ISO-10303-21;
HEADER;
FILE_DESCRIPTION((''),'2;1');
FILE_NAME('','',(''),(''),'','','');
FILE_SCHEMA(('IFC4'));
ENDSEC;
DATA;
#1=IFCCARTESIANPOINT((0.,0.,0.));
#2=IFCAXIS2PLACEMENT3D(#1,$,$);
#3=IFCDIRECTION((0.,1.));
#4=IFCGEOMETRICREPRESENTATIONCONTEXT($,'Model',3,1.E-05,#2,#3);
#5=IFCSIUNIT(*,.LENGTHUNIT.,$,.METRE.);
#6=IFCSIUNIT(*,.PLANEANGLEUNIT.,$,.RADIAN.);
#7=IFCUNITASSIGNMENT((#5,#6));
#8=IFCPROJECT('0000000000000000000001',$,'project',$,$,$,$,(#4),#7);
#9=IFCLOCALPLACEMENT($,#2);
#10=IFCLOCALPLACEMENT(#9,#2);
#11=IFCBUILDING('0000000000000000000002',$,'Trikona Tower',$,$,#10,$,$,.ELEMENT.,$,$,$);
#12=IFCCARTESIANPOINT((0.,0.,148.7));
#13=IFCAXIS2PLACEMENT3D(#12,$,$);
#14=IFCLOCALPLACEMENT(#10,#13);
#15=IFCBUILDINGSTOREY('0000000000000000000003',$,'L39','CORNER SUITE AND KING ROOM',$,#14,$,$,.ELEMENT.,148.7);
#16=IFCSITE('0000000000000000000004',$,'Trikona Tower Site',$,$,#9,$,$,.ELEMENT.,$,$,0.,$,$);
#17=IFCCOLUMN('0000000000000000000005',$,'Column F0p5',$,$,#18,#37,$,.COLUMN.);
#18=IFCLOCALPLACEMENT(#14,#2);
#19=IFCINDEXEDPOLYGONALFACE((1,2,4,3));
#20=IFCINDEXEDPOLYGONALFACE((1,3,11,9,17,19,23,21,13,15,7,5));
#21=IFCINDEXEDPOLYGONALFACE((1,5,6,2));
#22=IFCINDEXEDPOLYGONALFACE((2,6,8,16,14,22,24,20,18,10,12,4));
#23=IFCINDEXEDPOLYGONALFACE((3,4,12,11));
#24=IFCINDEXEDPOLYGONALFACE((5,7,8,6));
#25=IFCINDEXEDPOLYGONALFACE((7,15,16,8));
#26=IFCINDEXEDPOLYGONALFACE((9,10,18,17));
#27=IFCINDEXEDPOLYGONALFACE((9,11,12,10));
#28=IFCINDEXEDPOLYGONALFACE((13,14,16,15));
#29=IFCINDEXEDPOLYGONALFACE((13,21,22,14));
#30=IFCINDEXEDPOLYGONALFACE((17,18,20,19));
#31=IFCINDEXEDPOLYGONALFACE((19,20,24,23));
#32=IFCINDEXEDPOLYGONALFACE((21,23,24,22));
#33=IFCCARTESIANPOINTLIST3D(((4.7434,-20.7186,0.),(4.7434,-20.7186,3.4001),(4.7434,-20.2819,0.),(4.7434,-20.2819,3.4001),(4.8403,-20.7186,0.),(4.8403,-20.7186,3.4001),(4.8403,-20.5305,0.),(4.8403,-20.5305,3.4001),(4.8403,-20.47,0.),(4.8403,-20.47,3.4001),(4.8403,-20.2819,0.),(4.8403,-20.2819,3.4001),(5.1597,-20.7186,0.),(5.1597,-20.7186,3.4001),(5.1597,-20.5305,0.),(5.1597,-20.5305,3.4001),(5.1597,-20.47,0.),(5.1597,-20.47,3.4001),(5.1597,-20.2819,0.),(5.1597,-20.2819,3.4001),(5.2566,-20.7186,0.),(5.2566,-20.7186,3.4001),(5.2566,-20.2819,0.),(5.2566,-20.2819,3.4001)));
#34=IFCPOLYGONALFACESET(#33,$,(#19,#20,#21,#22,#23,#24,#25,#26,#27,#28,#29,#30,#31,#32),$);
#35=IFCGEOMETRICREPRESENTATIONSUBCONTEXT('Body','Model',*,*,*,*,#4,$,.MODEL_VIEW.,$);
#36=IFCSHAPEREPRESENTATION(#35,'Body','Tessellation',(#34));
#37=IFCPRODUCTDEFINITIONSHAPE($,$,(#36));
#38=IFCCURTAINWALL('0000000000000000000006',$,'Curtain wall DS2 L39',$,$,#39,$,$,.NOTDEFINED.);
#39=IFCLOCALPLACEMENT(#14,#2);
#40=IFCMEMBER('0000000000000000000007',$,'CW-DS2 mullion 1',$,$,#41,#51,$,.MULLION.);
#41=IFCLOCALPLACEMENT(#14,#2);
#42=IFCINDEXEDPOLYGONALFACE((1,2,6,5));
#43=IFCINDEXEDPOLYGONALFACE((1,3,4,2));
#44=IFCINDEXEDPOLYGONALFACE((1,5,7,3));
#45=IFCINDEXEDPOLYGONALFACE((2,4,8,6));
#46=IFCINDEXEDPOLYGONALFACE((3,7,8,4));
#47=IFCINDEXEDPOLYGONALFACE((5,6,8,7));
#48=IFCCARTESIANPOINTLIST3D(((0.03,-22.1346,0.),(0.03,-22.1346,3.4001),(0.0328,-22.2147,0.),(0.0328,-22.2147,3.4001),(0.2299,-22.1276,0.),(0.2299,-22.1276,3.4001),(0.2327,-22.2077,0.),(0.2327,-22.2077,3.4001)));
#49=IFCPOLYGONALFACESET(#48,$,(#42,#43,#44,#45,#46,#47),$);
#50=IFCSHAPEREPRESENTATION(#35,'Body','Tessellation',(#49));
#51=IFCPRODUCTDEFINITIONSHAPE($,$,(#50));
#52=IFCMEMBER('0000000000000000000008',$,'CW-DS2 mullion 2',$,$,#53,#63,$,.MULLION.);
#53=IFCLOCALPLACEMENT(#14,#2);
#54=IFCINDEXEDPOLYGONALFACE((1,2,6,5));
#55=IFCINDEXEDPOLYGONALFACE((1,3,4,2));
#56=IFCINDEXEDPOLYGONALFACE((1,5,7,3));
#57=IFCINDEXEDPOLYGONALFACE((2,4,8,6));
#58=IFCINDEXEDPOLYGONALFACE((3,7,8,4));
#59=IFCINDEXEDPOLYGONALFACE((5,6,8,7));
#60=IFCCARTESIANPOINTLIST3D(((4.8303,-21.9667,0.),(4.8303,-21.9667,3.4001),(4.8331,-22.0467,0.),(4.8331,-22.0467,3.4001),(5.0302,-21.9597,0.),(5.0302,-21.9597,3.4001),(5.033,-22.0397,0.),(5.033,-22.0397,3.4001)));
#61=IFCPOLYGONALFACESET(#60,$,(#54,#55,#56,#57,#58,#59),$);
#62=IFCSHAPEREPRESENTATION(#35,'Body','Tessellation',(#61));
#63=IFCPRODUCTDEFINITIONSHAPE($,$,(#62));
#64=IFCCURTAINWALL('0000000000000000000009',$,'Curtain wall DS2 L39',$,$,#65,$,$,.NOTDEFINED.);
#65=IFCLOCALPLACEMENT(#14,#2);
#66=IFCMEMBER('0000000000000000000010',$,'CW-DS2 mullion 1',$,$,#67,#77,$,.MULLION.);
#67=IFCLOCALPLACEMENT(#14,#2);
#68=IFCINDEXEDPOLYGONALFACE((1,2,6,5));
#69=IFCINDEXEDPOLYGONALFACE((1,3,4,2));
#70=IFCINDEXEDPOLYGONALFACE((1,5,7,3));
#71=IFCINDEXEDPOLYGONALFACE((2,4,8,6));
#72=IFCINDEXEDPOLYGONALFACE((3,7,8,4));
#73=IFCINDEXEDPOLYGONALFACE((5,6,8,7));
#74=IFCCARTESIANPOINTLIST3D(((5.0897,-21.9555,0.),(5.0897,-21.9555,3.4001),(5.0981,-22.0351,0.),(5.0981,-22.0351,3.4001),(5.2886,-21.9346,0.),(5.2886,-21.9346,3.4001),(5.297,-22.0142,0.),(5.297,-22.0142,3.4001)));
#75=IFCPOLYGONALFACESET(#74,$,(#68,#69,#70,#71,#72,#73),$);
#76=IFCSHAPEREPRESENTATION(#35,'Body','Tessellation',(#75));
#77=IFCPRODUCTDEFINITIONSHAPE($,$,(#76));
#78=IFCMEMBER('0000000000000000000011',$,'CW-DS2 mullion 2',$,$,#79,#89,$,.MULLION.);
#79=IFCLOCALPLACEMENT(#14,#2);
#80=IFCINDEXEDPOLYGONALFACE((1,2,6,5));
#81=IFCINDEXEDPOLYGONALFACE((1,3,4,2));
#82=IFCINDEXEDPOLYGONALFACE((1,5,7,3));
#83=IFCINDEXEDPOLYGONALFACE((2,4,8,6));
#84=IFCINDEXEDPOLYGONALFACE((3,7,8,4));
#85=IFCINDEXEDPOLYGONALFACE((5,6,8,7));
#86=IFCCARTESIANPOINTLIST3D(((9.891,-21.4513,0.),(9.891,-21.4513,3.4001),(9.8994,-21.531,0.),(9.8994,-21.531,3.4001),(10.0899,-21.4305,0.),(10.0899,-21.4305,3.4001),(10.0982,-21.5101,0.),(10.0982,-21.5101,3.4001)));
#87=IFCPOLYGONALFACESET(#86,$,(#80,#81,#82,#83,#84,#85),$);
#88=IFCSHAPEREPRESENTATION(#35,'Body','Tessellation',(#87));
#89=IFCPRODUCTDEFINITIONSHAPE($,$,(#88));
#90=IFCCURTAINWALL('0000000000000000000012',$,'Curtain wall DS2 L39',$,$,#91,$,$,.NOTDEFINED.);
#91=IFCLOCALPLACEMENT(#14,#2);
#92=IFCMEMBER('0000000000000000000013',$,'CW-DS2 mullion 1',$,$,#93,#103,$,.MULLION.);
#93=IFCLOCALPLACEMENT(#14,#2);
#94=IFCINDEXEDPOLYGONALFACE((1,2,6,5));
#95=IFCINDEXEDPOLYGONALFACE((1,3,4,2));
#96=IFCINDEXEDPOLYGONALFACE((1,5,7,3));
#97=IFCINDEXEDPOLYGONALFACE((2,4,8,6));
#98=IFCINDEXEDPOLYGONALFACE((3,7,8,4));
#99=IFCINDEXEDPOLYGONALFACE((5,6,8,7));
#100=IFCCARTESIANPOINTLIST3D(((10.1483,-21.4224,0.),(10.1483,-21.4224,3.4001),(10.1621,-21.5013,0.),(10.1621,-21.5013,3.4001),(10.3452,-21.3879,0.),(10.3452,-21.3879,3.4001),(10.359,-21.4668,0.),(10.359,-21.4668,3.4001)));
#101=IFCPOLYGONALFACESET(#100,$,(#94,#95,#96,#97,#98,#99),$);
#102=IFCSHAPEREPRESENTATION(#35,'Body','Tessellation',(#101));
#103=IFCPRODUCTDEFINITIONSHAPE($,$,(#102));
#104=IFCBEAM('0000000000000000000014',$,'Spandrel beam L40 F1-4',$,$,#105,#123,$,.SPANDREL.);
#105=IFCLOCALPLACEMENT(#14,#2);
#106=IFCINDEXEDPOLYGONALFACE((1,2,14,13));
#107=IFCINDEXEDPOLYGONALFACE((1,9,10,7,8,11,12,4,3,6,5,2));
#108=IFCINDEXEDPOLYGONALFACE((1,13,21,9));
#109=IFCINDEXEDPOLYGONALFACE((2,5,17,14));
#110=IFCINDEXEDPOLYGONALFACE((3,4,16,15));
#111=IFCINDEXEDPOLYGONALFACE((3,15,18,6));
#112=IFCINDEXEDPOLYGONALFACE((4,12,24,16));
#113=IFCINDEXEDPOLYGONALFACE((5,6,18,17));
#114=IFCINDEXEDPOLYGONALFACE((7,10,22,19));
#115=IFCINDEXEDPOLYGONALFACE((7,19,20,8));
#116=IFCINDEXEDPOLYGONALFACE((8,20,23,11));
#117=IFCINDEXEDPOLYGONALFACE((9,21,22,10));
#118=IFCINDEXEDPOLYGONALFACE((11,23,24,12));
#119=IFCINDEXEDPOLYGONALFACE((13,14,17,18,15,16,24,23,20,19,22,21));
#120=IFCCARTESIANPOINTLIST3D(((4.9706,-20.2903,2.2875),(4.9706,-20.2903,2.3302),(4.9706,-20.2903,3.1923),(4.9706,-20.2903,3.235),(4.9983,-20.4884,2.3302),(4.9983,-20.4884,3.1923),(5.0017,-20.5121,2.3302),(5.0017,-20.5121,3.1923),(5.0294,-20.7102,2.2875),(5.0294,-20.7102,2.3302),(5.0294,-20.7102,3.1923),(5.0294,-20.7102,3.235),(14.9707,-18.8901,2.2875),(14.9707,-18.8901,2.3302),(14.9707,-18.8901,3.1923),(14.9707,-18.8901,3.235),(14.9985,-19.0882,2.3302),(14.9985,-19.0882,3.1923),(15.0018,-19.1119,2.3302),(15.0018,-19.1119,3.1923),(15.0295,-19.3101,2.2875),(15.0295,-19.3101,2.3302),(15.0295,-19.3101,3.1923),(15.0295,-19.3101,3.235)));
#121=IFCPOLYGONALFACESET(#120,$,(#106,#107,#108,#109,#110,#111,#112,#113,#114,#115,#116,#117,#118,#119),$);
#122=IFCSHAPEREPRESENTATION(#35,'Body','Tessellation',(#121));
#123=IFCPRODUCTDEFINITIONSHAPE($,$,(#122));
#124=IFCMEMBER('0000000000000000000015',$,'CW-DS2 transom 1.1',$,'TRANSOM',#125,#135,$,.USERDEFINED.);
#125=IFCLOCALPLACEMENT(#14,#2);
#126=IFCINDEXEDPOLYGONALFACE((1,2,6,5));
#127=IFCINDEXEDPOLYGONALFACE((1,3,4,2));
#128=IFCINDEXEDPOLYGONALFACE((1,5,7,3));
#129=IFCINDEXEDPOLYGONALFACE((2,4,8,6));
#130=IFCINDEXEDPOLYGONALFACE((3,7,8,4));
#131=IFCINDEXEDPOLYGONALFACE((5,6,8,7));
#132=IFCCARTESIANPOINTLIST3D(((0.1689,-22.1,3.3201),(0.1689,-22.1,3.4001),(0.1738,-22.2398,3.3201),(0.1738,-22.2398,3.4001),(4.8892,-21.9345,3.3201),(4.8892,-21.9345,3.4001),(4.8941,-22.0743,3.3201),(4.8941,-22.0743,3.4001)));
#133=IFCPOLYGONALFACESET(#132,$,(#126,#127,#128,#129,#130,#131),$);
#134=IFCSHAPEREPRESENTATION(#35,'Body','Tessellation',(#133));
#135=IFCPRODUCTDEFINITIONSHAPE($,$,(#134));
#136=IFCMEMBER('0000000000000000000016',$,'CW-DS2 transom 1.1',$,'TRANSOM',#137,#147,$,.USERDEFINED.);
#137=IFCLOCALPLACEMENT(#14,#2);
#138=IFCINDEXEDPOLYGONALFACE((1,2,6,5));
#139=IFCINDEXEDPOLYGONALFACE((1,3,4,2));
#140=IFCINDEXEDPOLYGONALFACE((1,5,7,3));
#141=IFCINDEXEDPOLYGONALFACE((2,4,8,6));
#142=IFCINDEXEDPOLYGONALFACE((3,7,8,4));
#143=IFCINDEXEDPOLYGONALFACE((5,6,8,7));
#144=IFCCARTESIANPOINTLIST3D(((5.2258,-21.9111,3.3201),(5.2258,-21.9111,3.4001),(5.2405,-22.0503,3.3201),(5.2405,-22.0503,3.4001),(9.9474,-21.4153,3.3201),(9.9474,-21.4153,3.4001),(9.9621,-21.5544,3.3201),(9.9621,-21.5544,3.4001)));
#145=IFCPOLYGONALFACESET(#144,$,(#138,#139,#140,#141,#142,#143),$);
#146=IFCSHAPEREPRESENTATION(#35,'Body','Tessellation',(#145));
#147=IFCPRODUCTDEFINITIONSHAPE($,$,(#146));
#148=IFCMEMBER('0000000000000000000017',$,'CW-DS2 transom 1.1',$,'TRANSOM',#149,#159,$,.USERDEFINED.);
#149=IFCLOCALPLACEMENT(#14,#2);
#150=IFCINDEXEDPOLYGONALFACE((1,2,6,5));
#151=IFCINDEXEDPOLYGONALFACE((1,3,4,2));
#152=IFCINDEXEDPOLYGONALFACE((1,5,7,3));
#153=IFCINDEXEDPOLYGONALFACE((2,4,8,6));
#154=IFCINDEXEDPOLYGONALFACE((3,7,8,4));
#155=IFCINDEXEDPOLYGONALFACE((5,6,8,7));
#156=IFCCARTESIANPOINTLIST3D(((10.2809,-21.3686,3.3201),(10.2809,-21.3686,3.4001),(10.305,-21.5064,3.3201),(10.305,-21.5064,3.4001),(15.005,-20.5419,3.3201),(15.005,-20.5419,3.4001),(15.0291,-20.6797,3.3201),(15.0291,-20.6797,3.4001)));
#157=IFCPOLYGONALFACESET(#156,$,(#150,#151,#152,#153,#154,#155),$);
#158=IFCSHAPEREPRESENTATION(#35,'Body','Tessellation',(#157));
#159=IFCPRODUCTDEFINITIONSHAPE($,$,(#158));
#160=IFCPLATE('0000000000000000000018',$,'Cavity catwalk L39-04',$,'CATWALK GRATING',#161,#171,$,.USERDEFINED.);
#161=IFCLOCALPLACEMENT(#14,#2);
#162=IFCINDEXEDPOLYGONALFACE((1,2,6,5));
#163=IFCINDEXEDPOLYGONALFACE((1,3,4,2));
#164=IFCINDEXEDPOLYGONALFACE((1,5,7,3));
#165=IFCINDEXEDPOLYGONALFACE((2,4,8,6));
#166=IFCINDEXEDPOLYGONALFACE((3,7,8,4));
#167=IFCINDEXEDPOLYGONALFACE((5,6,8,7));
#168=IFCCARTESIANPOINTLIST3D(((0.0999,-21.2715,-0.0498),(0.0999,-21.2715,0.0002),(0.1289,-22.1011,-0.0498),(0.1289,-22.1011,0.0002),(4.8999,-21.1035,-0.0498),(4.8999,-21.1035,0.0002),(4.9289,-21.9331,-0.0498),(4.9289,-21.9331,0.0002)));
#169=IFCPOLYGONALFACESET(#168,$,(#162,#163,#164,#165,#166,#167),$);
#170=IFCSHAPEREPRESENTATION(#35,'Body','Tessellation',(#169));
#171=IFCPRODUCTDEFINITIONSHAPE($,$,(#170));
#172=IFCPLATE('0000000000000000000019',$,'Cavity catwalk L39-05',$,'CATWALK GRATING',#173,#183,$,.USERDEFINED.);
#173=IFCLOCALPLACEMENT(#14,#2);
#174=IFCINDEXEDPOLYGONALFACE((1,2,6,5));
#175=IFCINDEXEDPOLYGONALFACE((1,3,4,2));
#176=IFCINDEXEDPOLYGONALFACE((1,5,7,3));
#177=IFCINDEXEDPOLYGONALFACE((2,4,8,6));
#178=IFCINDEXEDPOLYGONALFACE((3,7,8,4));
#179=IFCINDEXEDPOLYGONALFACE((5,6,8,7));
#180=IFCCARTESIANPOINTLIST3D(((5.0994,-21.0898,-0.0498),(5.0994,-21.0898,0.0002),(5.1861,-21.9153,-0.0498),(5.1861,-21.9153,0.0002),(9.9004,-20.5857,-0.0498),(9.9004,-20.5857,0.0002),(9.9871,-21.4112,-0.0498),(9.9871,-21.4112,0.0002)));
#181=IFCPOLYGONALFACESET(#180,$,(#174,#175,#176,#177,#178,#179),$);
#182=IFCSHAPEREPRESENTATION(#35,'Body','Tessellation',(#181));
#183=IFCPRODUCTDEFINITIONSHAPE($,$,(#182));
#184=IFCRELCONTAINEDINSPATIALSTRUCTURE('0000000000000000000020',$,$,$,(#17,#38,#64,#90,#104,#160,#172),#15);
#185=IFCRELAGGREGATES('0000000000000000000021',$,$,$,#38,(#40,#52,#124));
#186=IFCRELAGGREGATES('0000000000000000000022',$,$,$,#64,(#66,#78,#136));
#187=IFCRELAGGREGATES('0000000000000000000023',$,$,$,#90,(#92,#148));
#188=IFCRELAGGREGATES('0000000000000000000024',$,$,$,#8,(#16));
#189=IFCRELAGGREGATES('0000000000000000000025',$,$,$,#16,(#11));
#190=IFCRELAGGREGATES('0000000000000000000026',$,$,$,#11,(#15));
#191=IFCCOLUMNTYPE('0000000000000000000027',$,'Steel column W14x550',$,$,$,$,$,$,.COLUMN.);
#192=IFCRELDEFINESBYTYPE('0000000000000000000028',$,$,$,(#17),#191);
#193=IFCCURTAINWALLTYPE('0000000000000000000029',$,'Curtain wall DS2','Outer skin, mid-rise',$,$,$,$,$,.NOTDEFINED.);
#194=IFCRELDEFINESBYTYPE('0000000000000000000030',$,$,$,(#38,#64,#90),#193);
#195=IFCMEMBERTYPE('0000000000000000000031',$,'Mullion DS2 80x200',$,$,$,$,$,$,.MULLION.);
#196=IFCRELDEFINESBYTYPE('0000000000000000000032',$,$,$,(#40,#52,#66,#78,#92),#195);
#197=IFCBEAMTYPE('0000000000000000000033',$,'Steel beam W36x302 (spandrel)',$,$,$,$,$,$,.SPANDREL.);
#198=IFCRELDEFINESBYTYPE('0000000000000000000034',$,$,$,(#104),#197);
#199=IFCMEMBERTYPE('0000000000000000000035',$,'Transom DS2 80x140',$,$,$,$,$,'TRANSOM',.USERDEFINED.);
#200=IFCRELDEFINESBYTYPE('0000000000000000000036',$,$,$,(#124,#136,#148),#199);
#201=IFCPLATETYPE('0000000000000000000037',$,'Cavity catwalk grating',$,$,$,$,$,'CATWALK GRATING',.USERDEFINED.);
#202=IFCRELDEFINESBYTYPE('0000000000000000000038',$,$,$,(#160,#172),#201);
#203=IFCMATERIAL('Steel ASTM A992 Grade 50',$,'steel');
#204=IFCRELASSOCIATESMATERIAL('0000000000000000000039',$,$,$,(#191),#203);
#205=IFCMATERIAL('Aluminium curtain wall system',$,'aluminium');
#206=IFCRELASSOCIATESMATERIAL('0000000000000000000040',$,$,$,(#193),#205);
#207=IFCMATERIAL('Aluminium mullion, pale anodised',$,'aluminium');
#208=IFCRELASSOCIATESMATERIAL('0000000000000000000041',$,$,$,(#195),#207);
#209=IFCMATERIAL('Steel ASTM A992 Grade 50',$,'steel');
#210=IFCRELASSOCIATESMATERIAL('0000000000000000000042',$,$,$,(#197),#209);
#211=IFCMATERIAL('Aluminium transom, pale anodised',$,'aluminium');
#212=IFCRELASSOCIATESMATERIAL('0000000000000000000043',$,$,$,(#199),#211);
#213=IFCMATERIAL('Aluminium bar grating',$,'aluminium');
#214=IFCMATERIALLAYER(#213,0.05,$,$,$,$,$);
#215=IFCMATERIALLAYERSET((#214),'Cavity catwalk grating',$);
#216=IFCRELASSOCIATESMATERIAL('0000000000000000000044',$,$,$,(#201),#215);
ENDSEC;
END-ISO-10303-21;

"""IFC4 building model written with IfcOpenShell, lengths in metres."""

from ifc_helpers import new_model, si_unit, direction, frame, origin, origin_2d, place, context, subcontext, project, spatial, rectangle, i_section, extrude, material, layer, layer_set, material_profile, profile_set, type_object, element, aggregate, save


model = new_model("IFC4")

# Units and contexts
model_context = context("Model", 3, precision=1e-05, world=origin(), true_north=direction((0.0, 1.0)))
body_context = subcontext(model_context, "Body", "Model", "MODEL_VIEW")
ifc_project = project(units=[si_unit("LENGTHUNIT", "METRE"), si_unit("PLANEANGLEUNIT", "RADIAN")], contexts=[model_context])

# Site, building, storey
site_placement = place(None, origin())
site = spatial("IfcSite", under=ifc_project, at=site_placement, Name="Trikona Tower Site", CompositionType="ELEMENT", RefElevation=0.0)
building_placement = place(site_placement, origin())
building = spatial("IfcBuilding", under=site, at=building_placement, Name="Trikona Tower", CompositionType="ELEMENT")
storey_placement = place(building_placement, frame((0.0, 0.0, 148.7)))
storey = spatial("IfcBuildingStorey", under=building, at=storey_placement, Name="L39", Description="CORNER SUITE AND KING ROOM", CompositionType="ELEMENT", Elevation=148.7)

# Column
ifc_material_1 = material(Name="Steel ASTM A992 Grade 50", Category="steel")
ifc_material_profile_1 = material_profile(ifc_material_1, i_section(OverallWidth=0.4368, OverallDepth=0.5132, WebThickness=0.0605, FlangeThickness=0.0969, at=origin_2d()), Name="W14X550")
ifc_profile_set_1 = profile_set([ifc_material_profile_1], Name="Steel ASTM A992 Grade 50")
column_type = type_object("IfcColumnType", Name="Steel column W14x550", PredefinedType="COLUMN", material=ifc_profile_set_1)
column_placement = place(storey_placement, frame((5.0, -20.5002, 0.0), z_axis=(0.0, 0.0, 1.0), x_axis=(0.0, -1.0, 0.0)))
element("IfcColumn", 1, at=column_placement, inside=storey, type_object=column_type, Name="Column F0p5", PredefinedType="COLUMN", context=body_context, shape_type="SweptSolid", body=[
    extrude(i_section(OverallWidth=0.4368, OverallDepth=0.5132, WebThickness=0.0605, FlangeThickness=0.0969, at=origin_2d()), origin(), (0.0, 0.0, 1.0), 3.4001),
])

# Curtain walls, members
ifc_material_2 = material(Name="Aluminium curtain wall system", Category="aluminium")
curtain_wall_type = type_object("IfcCurtainWallType", Name="Curtain wall DS2", Description="Outer skin, mid-rise", PredefinedType="NOTDEFINED", material=ifc_material_2)
curtain_wall_1_placement = place(storey_placement, origin())
curtain_wall_1 = element("IfcCurtainWall", 2, at=curtain_wall_1_placement, inside=storey, type_object=curtain_wall_type, Name="Curtain wall DS2 L39", PredefinedType="NOTDEFINED")
ifc_material_3 = material(Name="Aluminium mullion, pale anodised", Category="aluminium")
ifc_material_profile_2 = material_profile(ifc_material_3, rectangle(XDim=0.0801, YDim=0.2, at=origin_2d()), Name="MUL-DS2")
ifc_profile_set_2 = profile_set([ifc_material_profile_2], Name="Aluminium mullion, pale anodised")
member_type_1 = type_object("IfcMemberType", Name="Mullion DS2 80x200", PredefinedType="MULLION", material=ifc_profile_set_2)
member_1_placement = place(storey_placement, frame((0.1313, -22.1711, 0.0), z_axis=(0.0, 0.0, 1.0), x_axis=(-0.034998, 0.999387, 0.0)))
member_1 = element("IfcMember", 3, at=member_1_placement, type_object=member_type_1, Name="CW-DS2 mullion 1", PredefinedType="MULLION", context=body_context, shape_type="SweptSolid", body=[
    extrude(rectangle(XDim=0.0801, YDim=0.2, at=origin_2d()), origin(), (0.0, 0.0, 1.0), 3.4001),
])
member_2_placement = place(storey_placement, frame((4.9316, -22.0032, 0.0), z_axis=(0.0, 0.0, 1.0), x_axis=(-0.034998, 0.999387, 0.0)))
member_2 = element("IfcMember", 4, at=member_2_placement, type_object=member_type_1, Name="CW-DS2 mullion 2", PredefinedType="MULLION", context=body_context, shape_type="SweptSolid", body=[
    extrude(rectangle(XDim=0.0801, YDim=0.2, at=origin_2d()), origin(), (0.0, 0.0, 1.0), 3.4001),
])
curtain_wall_2_placement = place(storey_placement, origin())
curtain_wall_2 = element("IfcCurtainWall", 5, at=curtain_wall_2_placement, inside=storey, type_object=curtain_wall_type, Name="Curtain wall DS2 L39", PredefinedType="NOTDEFINED")
member_3_placement = place(storey_placement, frame((5.1934, -21.9849, 0.0), z_axis=(0.0, 0.0, 1.0), x_axis=(-0.104433, 0.994532, 0.0)))
member_3 = element("IfcMember", 6, at=member_3_placement, type_object=member_type_1, Name="CW-DS2 mullion 1", PredefinedType="MULLION", context=body_context, shape_type="SweptSolid", body=[
    extrude(rectangle(XDim=0.0801, YDim=0.2, at=origin_2d()), origin(), (0.0, 0.0, 1.0), 3.4001),
])
member_4_placement = place(storey_placement, frame((9.9946, -21.4807, 0.0), z_axis=(0.0, 0.0, 1.0), x_axis=(-0.104433, 0.994532, 0.0)))
member_4 = element("IfcMember", 7, at=member_4_placement, type_object=member_type_1, Name="CW-DS2 mullion 2", PredefinedType="MULLION", context=body_context, shape_type="SweptSolid", body=[
    extrude(rectangle(XDim=0.0801, YDim=0.2, at=origin_2d()), origin(), (0.0, 0.0, 1.0), 3.4001),
])

# Curtain wall, member
curtain_wall_3_placement = place(storey_placement, origin())
curtain_wall_3 = element("IfcCurtainWall", 8, at=curtain_wall_3_placement, inside=storey, type_object=curtain_wall_type, Name="Curtain wall DS2 L39", PredefinedType="NOTDEFINED")
member_5_placement = place(storey_placement, frame((10.2537, -21.4446, 0.0), z_axis=(0.0, 0.0, 1.0), x_axis=(-0.172377, 0.985031, 0.0)))
member_5 = element("IfcMember", 9, at=member_5_placement, type_object=member_type_1, Name="CW-DS2 mullion 1", PredefinedType="MULLION", context=body_context, shape_type="SweptSolid", body=[
    extrude(rectangle(XDim=0.0801, YDim=0.2, at=origin_2d()), origin(), (0.0, 0.0, 1.0), 3.4001),
])

# Beam
ifc_material_4 = material(Name="Steel ASTM A992 Grade 50", Category="steel")
ifc_material_profile_3 = material_profile(ifc_material_4, i_section(OverallWidth=0.4241, OverallDepth=0.9475, WebThickness=0.0239, FlangeThickness=0.0427, at=origin_2d()), Name="W36X302")
ifc_profile_set_3 = profile_set([ifc_material_profile_3], Name="Steel ASTM A992 Grade 50")
beam_type = type_object("IfcBeamType", Name="Steel beam W36x302 (spandrel)", PredefinedType="SPANDREL", material=ifc_profile_set_3)
beam_placement = place(storey_placement, frame((5.0, -20.5002, 2.7612), z_axis=(0.99034, 0.138662, 0.0), x_axis=(-0.138662, 0.99034, 0.0)))
element("IfcBeam", 10, at=beam_placement, inside=storey, type_object=beam_type, Name="Spandrel beam L40 F1-4", PredefinedType="SPANDREL", context=body_context, shape_type="SweptSolid", body=[
    extrude(i_section(OverallWidth=0.4241, OverallDepth=0.9475, WebThickness=0.0239, FlangeThickness=0.0427, at=origin_2d()), origin(), (0.0, 0.0, 1.0), 10.0977),
])

# Members
ifc_material_5 = material(Name="Aluminium transom, pale anodised", Category="aluminium")
ifc_material_profile_4 = material_profile(ifc_material_5, rectangle(XDim=0.1399, YDim=0.0801, at=origin_2d()), Name="TRN-DS2")
ifc_profile_set_4 = profile_set([ifc_material_profile_4], Name="Aluminium transom, pale anodised")
member_type_2 = type_object("IfcMemberType", Name="Transom DS2 80x140", ElementType="TRANSOM", PredefinedType="USERDEFINED", material=ifc_profile_set_4)
member_6_placement = place(storey_placement, frame((0.1714, -22.1699, 3.3601), z_axis=(0.999386, 0.035046, 0.0), x_axis=(-0.035046, 0.999386, 0.0)))
member_6 = element("IfcMember", 11, at=member_6_placement, type_object=member_type_2, Name="CW-DS2 transom 1.1", ObjectType="TRANSOM", PredefinedType="USERDEFINED", context=body_context, shape_type="SweptSolid", body=[
    extrude(rectangle(XDim=0.1399, YDim=0.0801, at=origin_2d()), origin(), (0.0, 0.0, 1.0), 4.7231),
])
member_7_placement = place(storey_placement, frame((5.2332, -21.9807, 3.3601), z_axis=(0.994531, 0.104441, 0.0), x_axis=(-0.104441, 0.994531, 0.0)))
member_7 = element("IfcMember", 12, at=member_7_placement, type_object=member_type_2, Name="CW-DS2 transom 1.1", ObjectType="TRANSOM", PredefinedType="USERDEFINED", context=body_context, shape_type="SweptSolid", body=[
    extrude(rectangle(XDim=0.1399, YDim=0.0801, at=origin_2d()), origin(), (0.0, 0.0, 1.0), 4.7476),
])
member_8_placement = place(storey_placement, frame((10.293, -21.4375, 3.3601), z_axis=(0.985033, 0.172368, 0.0), x_axis=(-0.172368, 0.985033, 0.0)))
member_8 = element("IfcMember", 13, at=member_8_placement, type_object=member_type_2, Name="CW-DS2 transom 1.1", ObjectType="TRANSOM", PredefinedType="USERDEFINED", context=body_context, shape_type="SweptSolid", body=[
    extrude(rectangle(XDim=0.1399, YDim=0.0801, at=origin_2d()), origin(), (0.0, 0.0, 1.0), 4.7959),
])

# Plates
ifc_material_6 = material(Name="Aluminium bar grating", Category="aluminium")
ifc_layer_1 = layer(ifc_material_6, 0.05)
ifc_layer_set_1 = layer_set([ifc_layer_1], Name="Cavity catwalk grating")
plate_type_1 = type_object("IfcPlateType", Name="Cavity catwalk grating", ElementType="CATWALK GRATING", PredefinedType="USERDEFINED", material=ifc_layer_set_1)
plate_1_placement = place(storey_placement, frame((2.5144, -21.6023, -0.0498), z_axis=(0.0, 0.0, 1.0), x_axis=(0.999388, 0.034978, 0.0)))
element("IfcPlate", 14, at=plate_1_placement, inside=storey, type_object=plate_type_1, Name="Cavity catwalk L39-04", ObjectType="CATWALK GRATING", PredefinedType="USERDEFINED", context=body_context, shape_type="SweptSolid", body=[
    extrude(rectangle(XDim=4.803, YDim=0.8301, at=origin_2d()), origin(), (0.0, 0.0, 1.0), 0.05),
])
plate_2_placement = place(storey_placement, frame((7.5432, -21.2505, -0.0498), z_axis=(0.0, 0.0, 1.0), x_axis=(0.994533, 0.104426, 0.0)))
element("IfcPlate", 15, at=plate_2_placement, inside=storey, type_object=plate_type_1, Name="Cavity catwalk L39-05", ObjectType="CATWALK GRATING", PredefinedType="USERDEFINED", context=body_context, shape_type="SweptSolid", body=[
    extrude(rectangle(XDim=4.8274, YDim=0.8301, at=origin_2d()), origin(), (0.0, 0.0, 1.0), 0.05),
])

aggregate(curtain_wall_1, [member_1, member_2, member_6])
aggregate(curtain_wall_2, [member_3, member_4, member_7])
aggregate(curtain_wall_3, [member_5, member_8])

save(model, "model.ifc")
